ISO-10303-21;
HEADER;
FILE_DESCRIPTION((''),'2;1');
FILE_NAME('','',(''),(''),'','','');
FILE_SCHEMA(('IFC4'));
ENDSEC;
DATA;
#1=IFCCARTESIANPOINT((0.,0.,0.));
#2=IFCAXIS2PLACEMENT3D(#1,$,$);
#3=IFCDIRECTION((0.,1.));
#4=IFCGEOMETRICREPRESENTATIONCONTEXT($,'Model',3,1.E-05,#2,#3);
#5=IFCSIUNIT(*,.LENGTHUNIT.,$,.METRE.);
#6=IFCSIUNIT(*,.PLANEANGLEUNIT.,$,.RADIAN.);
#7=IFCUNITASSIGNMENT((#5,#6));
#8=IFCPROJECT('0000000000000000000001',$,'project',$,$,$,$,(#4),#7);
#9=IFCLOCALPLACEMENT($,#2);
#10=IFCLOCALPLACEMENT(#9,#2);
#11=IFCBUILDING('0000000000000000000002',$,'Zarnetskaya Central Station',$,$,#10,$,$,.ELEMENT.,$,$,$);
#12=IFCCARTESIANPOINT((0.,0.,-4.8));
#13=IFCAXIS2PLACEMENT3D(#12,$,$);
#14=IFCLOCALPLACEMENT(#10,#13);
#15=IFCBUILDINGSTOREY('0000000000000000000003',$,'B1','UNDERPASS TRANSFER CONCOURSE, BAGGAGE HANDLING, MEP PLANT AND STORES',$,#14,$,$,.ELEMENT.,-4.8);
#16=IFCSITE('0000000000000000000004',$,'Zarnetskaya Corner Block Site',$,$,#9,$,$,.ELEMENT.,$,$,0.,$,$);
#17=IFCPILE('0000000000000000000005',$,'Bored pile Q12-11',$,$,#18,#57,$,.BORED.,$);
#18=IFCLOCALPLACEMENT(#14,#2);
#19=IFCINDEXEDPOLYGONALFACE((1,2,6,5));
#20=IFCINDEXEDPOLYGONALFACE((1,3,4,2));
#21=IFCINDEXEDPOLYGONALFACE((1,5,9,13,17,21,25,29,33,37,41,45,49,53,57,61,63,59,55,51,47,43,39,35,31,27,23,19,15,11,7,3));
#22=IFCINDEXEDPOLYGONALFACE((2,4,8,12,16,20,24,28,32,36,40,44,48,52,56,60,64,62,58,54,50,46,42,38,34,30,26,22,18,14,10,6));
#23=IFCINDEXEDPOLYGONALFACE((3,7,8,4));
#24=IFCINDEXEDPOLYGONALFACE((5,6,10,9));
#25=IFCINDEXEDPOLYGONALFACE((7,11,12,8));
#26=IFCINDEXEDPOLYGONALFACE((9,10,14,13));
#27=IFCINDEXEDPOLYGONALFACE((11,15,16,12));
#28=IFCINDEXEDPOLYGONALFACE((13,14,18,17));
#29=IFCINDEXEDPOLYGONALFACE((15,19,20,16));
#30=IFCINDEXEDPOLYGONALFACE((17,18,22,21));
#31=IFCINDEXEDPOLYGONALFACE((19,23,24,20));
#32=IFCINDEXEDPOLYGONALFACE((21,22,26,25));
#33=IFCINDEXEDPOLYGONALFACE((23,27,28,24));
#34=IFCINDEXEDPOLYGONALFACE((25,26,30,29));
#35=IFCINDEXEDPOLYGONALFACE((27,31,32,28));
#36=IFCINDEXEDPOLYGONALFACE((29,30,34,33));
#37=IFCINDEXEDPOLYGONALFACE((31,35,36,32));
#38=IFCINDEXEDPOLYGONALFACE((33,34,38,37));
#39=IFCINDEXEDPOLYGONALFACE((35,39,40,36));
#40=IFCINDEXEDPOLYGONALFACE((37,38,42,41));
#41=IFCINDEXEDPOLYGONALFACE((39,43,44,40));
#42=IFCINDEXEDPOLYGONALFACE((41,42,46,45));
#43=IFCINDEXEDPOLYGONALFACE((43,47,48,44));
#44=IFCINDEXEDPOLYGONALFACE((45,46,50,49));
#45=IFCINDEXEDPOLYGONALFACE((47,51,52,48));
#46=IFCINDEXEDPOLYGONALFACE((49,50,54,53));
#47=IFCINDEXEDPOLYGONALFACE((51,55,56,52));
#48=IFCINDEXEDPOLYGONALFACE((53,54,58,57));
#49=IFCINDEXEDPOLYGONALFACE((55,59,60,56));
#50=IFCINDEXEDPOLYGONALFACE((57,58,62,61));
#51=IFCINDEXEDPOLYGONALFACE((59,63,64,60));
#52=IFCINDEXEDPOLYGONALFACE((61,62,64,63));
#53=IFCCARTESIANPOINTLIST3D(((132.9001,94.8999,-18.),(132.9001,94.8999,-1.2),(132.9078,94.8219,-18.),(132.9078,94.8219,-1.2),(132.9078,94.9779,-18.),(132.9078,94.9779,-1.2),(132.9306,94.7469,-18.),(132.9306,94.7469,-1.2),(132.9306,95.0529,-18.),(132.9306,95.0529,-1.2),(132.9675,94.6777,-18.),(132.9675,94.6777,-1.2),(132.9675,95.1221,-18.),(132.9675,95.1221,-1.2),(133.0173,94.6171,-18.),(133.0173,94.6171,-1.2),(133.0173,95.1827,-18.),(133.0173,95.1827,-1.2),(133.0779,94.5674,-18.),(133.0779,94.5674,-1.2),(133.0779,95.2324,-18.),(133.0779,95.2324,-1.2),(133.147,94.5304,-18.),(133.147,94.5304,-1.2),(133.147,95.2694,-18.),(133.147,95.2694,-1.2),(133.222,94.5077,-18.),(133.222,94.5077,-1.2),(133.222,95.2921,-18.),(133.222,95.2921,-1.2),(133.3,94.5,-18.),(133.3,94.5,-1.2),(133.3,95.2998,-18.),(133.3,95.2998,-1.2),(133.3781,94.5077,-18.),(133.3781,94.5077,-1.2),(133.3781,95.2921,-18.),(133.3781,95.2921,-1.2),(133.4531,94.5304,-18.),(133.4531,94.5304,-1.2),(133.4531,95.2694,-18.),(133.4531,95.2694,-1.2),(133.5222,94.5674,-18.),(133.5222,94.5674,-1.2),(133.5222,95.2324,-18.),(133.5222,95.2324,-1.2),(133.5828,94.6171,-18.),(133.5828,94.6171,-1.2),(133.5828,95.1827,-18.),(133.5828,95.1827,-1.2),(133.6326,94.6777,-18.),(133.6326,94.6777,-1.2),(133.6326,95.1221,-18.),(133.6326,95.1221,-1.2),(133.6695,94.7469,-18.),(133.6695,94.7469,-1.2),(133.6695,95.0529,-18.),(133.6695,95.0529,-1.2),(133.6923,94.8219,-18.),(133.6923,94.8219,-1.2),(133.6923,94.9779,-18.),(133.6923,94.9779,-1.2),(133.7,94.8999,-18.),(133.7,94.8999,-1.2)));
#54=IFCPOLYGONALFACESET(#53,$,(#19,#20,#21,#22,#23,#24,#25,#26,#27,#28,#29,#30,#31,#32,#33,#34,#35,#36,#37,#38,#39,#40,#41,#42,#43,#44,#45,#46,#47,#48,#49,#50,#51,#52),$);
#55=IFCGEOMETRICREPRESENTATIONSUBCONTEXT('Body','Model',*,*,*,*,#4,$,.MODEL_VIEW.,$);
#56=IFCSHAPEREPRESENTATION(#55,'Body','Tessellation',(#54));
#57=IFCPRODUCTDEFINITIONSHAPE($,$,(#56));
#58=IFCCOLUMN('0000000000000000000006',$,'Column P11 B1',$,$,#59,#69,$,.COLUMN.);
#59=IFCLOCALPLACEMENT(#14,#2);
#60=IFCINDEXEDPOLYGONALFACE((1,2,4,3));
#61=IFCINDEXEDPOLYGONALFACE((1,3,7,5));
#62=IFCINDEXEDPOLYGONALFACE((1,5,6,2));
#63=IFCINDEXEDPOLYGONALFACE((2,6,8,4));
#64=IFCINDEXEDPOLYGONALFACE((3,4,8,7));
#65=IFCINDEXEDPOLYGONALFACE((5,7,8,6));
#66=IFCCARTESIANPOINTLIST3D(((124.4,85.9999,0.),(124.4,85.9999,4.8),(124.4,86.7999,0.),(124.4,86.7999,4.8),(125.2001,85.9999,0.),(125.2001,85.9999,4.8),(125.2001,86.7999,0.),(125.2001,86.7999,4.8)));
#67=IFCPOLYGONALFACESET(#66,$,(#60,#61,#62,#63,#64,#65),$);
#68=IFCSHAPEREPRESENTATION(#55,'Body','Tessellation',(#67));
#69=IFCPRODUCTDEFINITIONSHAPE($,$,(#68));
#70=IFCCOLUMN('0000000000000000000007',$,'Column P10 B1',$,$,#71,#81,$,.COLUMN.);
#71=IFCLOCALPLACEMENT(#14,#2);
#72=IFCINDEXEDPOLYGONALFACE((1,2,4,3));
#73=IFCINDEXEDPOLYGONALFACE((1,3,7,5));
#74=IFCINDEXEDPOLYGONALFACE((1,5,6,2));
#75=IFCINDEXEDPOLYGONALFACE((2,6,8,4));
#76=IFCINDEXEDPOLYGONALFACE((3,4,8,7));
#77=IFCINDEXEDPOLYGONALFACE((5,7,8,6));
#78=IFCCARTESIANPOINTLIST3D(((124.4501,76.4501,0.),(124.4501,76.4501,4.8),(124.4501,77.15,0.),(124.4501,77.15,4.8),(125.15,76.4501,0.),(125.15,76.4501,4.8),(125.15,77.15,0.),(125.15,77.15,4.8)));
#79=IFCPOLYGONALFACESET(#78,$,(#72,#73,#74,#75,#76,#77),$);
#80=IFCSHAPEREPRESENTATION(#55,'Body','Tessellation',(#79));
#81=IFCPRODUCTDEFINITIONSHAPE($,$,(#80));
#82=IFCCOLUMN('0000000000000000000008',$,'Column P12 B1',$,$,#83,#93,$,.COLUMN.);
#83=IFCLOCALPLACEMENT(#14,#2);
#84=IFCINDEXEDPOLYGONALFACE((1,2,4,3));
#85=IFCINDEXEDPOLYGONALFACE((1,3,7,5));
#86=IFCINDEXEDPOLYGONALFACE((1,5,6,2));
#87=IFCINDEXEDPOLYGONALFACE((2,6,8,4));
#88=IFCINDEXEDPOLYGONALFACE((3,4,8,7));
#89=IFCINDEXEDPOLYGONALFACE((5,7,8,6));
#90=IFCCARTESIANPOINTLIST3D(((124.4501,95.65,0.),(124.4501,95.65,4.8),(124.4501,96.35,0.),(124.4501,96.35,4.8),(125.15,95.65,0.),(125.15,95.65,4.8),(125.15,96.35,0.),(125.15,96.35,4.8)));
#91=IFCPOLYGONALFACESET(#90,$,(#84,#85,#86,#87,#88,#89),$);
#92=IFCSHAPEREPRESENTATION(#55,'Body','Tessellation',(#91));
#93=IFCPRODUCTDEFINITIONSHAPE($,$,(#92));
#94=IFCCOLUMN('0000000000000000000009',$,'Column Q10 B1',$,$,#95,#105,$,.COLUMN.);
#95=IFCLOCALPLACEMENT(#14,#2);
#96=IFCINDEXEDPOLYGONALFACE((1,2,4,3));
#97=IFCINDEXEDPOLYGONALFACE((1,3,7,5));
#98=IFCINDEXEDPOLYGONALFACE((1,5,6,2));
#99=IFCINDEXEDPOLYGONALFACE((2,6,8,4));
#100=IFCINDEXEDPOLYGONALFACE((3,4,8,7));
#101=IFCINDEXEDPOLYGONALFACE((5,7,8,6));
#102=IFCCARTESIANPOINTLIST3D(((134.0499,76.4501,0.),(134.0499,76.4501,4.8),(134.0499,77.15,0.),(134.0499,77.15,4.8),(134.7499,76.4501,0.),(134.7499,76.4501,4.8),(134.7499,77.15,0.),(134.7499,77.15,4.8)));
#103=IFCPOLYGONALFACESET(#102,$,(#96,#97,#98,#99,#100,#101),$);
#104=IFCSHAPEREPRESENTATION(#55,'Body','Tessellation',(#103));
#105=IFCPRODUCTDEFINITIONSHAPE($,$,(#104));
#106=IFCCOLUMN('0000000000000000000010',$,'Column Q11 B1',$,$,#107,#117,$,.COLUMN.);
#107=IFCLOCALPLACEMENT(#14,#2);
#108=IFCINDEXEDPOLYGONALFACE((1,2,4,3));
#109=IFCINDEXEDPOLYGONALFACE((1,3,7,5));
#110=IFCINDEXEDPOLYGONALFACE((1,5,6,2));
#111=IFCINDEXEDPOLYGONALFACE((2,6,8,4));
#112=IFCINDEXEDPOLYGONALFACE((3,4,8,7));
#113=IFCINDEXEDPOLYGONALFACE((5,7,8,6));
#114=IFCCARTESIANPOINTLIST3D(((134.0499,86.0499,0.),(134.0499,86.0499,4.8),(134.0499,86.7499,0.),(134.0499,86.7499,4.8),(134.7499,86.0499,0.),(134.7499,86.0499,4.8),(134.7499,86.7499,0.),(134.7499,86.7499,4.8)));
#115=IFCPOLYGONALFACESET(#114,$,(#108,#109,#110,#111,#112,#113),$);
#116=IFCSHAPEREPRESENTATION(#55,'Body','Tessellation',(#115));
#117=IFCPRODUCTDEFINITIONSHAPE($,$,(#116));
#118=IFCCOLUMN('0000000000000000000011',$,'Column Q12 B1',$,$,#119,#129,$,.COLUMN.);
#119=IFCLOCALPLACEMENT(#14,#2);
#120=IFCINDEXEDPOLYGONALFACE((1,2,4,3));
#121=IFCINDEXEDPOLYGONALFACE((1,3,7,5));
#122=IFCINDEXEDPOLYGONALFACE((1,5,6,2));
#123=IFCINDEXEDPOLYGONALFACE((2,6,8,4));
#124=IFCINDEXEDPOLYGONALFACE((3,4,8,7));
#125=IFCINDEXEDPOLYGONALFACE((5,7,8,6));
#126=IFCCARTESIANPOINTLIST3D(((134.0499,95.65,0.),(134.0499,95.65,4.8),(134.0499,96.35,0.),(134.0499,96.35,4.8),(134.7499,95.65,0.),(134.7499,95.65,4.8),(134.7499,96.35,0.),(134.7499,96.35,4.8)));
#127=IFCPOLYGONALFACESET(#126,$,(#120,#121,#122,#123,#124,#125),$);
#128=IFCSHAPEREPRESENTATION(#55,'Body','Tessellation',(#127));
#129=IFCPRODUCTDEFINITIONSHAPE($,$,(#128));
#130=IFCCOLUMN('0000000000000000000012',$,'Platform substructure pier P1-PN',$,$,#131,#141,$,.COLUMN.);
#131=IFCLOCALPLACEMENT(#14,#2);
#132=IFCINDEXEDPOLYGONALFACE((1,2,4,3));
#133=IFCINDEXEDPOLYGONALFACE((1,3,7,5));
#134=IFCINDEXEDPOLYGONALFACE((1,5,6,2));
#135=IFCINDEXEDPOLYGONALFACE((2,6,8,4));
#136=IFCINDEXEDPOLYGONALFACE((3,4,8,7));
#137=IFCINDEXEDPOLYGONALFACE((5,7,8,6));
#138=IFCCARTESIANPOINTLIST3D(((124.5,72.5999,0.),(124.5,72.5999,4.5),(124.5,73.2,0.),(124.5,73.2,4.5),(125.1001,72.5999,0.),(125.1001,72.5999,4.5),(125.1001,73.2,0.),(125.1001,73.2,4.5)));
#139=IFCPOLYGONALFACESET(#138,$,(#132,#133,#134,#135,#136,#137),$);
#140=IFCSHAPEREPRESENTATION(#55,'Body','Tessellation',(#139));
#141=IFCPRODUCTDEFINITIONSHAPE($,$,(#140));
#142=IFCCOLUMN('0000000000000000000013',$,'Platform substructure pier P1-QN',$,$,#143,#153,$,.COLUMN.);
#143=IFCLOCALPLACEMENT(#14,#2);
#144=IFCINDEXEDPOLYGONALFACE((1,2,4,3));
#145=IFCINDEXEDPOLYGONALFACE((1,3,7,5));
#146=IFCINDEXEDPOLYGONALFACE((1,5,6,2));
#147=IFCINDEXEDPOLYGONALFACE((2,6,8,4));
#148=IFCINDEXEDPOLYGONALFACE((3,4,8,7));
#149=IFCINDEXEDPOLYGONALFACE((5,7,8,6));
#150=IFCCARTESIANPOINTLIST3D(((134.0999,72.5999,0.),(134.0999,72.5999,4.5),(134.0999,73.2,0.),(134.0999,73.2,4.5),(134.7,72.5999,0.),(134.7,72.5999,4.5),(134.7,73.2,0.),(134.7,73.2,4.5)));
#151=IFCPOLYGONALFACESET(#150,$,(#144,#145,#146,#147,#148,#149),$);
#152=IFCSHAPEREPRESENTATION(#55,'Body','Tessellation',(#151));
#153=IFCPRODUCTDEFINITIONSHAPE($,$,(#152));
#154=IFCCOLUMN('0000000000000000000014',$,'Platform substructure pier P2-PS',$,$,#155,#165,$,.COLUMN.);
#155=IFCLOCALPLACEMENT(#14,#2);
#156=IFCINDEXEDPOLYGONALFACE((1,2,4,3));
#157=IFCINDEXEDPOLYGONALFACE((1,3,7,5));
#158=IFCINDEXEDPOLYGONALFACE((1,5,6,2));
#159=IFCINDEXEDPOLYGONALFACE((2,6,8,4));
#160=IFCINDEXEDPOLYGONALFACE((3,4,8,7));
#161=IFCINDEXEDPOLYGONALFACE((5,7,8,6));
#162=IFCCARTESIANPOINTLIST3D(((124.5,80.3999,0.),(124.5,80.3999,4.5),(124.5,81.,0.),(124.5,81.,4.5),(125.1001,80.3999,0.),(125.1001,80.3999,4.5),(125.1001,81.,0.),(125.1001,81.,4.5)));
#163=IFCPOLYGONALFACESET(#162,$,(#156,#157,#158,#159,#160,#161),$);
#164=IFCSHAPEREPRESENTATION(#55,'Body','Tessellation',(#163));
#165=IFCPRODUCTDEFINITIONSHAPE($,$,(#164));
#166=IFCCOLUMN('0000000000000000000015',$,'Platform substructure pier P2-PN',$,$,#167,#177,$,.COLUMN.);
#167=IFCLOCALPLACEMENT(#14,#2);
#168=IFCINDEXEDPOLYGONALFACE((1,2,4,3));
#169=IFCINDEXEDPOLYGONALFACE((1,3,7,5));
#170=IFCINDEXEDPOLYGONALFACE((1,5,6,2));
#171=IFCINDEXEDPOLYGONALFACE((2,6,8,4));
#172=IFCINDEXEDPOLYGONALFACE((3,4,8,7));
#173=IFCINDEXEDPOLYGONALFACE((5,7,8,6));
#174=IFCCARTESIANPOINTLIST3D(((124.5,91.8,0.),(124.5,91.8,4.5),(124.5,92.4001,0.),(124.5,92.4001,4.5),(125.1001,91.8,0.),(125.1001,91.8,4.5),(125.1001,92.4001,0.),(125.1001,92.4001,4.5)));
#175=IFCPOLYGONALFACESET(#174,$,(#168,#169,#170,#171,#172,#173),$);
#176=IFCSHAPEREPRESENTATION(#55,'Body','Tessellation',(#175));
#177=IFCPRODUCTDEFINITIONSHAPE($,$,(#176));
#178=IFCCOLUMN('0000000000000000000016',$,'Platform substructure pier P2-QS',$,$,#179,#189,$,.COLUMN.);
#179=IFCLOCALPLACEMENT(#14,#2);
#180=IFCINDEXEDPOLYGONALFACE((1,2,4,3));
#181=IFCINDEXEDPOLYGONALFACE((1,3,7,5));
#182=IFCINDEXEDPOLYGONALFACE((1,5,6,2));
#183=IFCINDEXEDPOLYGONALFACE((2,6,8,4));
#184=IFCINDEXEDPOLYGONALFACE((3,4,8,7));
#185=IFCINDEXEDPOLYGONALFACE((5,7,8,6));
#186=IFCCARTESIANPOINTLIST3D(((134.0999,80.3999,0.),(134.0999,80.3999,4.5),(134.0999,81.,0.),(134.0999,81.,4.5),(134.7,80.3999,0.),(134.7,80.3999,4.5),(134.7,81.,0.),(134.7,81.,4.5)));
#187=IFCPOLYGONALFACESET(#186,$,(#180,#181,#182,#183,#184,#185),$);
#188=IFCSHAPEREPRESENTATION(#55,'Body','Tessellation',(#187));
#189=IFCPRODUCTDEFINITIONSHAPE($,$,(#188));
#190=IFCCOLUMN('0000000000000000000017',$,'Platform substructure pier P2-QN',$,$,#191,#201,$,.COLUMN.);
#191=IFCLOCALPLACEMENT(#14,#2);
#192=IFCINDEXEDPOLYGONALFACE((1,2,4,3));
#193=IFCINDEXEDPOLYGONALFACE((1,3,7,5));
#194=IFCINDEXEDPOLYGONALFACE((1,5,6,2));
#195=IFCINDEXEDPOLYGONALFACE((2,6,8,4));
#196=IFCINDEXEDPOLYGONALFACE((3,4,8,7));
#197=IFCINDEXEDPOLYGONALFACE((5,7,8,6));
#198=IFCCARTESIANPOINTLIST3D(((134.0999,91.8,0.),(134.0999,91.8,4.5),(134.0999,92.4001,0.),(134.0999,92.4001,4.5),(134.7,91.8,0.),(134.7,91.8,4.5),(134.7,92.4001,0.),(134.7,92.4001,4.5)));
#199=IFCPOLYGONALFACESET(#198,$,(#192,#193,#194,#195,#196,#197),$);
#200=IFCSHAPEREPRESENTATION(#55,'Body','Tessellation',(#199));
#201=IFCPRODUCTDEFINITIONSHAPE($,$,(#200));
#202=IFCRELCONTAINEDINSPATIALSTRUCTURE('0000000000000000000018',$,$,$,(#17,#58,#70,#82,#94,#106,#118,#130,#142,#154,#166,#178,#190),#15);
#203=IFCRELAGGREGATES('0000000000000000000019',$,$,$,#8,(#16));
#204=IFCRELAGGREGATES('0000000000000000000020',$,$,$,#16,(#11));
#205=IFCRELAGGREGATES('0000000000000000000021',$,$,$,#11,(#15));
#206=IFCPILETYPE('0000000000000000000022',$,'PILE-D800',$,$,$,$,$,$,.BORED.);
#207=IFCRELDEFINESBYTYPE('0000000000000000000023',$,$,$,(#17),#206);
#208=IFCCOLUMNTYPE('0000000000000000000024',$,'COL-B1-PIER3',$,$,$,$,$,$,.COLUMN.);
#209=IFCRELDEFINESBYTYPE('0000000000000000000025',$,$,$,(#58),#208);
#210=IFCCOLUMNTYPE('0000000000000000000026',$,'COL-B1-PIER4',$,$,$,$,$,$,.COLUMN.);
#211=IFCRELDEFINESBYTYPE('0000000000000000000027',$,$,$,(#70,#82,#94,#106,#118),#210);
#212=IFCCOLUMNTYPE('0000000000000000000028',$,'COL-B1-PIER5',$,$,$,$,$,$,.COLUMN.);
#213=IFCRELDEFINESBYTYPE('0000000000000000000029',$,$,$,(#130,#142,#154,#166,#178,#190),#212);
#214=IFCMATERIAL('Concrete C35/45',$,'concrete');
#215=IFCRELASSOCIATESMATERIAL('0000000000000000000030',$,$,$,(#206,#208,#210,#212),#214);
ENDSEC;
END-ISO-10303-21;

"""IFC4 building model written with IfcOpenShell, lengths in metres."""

from ifc_helpers import new_model, si_unit, direction, frame, origin, origin_2d, place, context, subcontext, project, spatial, rectangle, circle, extrude, material, material_profile, profile_set, type_object, element, save


model = new_model("IFC4")

# Units and contexts
model_context = context("Model", 3, precision=1e-05, world=origin(), true_north=direction((0.0, 1.0)))
body_context = subcontext(model_context, "Body", "Model", "MODEL_VIEW")
ifc_project = project(units=[si_unit("LENGTHUNIT", "METRE"), si_unit("PLANEANGLEUNIT", "RADIAN")], contexts=[model_context])

# Site, building, storey
site_placement = place(None, origin())
site = spatial("IfcSite", under=ifc_project, at=site_placement, Name="Zarnetskaya Corner Block Site", CompositionType="ELEMENT", RefElevation=0.0)
building_placement = place(site_placement, origin())
building = spatial("IfcBuilding", under=site, at=building_placement, Name="Zarnetskaya Central Station", CompositionType="ELEMENT")
storey_placement = place(building_placement, frame((0.0, 0.0, -4.8)))
storey = spatial("IfcBuildingStorey", under=building, at=storey_placement, Name="B1", Description="UNDERPASS TRANSFER CONCOURSE, BAGGAGE HANDLING, MEP PLANT AND STORES", CompositionType="ELEMENT", Elevation=-4.8)

# Shared definitions
ifc_material = material(Name="Concrete C35/45", Category="concrete")

# Pile
ifc_material_profile_1 = material_profile(ifc_material, circle(Radius=0.3999, at=origin_2d()), Name="BORED PILE D800")
ifc_profile_set_1 = profile_set([ifc_material_profile_1], Name="Concrete C35/45")
pile_type_1 = type_object("IfcPileType", Name="PILE-D800", PredefinedType="BORED", material=ifc_profile_set_1)
for number, where, z_axis, x_axis, name in (
    (1, (133.3, 94.8999, -1.2), (0.0, 0.0, -1.0), (1.0, 0.0, 0.0), "Bored pile Q12-11"),
):
    element("IfcPile", number, at=place(storey_placement, frame(where, z_axis=z_axis, x_axis=x_axis)), inside=storey, type_object=pile_type_1, Name=name, PredefinedType="BORED", context=body_context, shape_type="SweptSolid", body=[
        extrude(circle(Radius=0.3999, at=origin_2d()), origin(), (0.0, 0.0, 1.0), 16.8),
    ])

# Columns
ifc_material_profile_2 = material_profile(ifc_material, rectangle(XDim=0.8, YDim=0.8, at=origin_2d()), Name="RC 800x800")
ifc_profile_set_2 = profile_set([ifc_material_profile_2], Name="Concrete C35/45")
column_type_1 = type_object("IfcColumnType", Name="COL-B1-PIER3", PredefinedType="COLUMN", material=ifc_profile_set_2)
column_placement = place(storey_placement, frame((124.8, 86.3999, 0.0), z_axis=(0.0, 0.0, 1.0), x_axis=(1.0, 0.0, 0.0)))
element("IfcColumn", 2, at=column_placement, inside=storey, type_object=column_type_1, Name="Column P11 B1", PredefinedType="COLUMN", context=body_context, shape_type="SweptSolid", body=[
    extrude(rectangle(XDim=0.8, YDim=0.8, at=origin_2d()), origin(), (0.0, 0.0, 1.0), 4.8),
])
ifc_material_profile_3 = material_profile(ifc_material, rectangle(XDim=0.7, YDim=0.7, at=origin_2d()), Name="RC 700x700")
ifc_profile_set_3 = profile_set([ifc_material_profile_3], Name="Concrete C35/45")
column_type_2 = type_object("IfcColumnType", Name="COL-B1-PIER4", PredefinedType="COLUMN", material=ifc_profile_set_3)
for number, where, z_axis, x_axis, name in (
    (3, (124.8, 76.8, 0.0), (0.0, 0.0, 1.0), (1.0, 0.0, 0.0), "Column P10 B1"),
    (4, (124.8, 96.0, 0.0), (0.0, 0.0, 1.0), (1.0, 0.0, 0.0), "Column P12 B1"),
    (5, (134.3999, 76.8, 0.0), (0.0, 0.0, 1.0), (1.0, 0.0, 0.0), "Column Q10 B1"),
    (6, (134.3999, 86.3999, 0.0), (0.0, 0.0, 1.0), (1.0, 0.0, 0.0), "Column Q11 B1"),
    (7, (134.3999, 96.0, 0.0), (0.0, 0.0, 1.0), (1.0, 0.0, 0.0), "Column Q12 B1"),
):
    element("IfcColumn", number, at=place(storey_placement, frame(where, z_axis=z_axis, x_axis=x_axis)), inside=storey, type_object=column_type_2, Name=name, PredefinedType="COLUMN", context=body_context, shape_type="SweptSolid", body=[
        extrude(rectangle(XDim=0.7, YDim=0.7, at=origin_2d()), origin(), (0.0, 0.0, 1.0), 4.8),
    ])
ifc_material_profile_4 = material_profile(ifc_material, rectangle(XDim=0.6001, YDim=0.6001, at=origin_2d()), Name="RC 600x600")
ifc_profile_set_4 = profile_set([ifc_material_profile_4], Name="Concrete C35/45")
column_type_3 = type_object("IfcColumnType", Name="COL-B1-PIER5", PredefinedType="COLUMN", material=ifc_profile_set_4)
for number, where, z_axis, x_axis, name in (
    (8, (124.8, 72.8999, 0.0), (0.0, 0.0, 1.0), (1.0, 0.0, 0.0), "Platform substructure pier P1-PN"),
    (9, (134.3999, 72.8999, 0.0), (0.0, 0.0, 1.0), (1.0, 0.0, 0.0), "Platform substructure pier P1-QN"),
    (10, (124.8, 80.7, 0.0), (0.0, 0.0, 1.0), (1.0, 0.0, 0.0), "Platform substructure pier P2-PS"),
    (11, (124.8, 92.1001, 0.0), (0.0, 0.0, 1.0), (1.0, 0.0, 0.0), "Platform substructure pier P2-PN"),
    (12, (134.3999, 80.7, 0.0), (0.0, 0.0, 1.0), (1.0, 0.0, 0.0), "Platform substructure pier P2-QS"),
    (13, (134.3999, 92.1001, 0.0), (0.0, 0.0, 1.0), (1.0, 0.0, 0.0), "Platform substructure pier P2-QN"),
):
    element("IfcColumn", number, at=place(storey_placement, frame(where, z_axis=z_axis, x_axis=x_axis)), inside=storey, type_object=column_type_3, Name=name, PredefinedType="COLUMN", context=body_context, shape_type="SweptSolid", body=[
        extrude(rectangle(XDim=0.6001, YDim=0.6001, at=origin_2d()), origin(), (0.0, 0.0, 1.0), 4.5),
    ])

save(model, "model.ifc")
